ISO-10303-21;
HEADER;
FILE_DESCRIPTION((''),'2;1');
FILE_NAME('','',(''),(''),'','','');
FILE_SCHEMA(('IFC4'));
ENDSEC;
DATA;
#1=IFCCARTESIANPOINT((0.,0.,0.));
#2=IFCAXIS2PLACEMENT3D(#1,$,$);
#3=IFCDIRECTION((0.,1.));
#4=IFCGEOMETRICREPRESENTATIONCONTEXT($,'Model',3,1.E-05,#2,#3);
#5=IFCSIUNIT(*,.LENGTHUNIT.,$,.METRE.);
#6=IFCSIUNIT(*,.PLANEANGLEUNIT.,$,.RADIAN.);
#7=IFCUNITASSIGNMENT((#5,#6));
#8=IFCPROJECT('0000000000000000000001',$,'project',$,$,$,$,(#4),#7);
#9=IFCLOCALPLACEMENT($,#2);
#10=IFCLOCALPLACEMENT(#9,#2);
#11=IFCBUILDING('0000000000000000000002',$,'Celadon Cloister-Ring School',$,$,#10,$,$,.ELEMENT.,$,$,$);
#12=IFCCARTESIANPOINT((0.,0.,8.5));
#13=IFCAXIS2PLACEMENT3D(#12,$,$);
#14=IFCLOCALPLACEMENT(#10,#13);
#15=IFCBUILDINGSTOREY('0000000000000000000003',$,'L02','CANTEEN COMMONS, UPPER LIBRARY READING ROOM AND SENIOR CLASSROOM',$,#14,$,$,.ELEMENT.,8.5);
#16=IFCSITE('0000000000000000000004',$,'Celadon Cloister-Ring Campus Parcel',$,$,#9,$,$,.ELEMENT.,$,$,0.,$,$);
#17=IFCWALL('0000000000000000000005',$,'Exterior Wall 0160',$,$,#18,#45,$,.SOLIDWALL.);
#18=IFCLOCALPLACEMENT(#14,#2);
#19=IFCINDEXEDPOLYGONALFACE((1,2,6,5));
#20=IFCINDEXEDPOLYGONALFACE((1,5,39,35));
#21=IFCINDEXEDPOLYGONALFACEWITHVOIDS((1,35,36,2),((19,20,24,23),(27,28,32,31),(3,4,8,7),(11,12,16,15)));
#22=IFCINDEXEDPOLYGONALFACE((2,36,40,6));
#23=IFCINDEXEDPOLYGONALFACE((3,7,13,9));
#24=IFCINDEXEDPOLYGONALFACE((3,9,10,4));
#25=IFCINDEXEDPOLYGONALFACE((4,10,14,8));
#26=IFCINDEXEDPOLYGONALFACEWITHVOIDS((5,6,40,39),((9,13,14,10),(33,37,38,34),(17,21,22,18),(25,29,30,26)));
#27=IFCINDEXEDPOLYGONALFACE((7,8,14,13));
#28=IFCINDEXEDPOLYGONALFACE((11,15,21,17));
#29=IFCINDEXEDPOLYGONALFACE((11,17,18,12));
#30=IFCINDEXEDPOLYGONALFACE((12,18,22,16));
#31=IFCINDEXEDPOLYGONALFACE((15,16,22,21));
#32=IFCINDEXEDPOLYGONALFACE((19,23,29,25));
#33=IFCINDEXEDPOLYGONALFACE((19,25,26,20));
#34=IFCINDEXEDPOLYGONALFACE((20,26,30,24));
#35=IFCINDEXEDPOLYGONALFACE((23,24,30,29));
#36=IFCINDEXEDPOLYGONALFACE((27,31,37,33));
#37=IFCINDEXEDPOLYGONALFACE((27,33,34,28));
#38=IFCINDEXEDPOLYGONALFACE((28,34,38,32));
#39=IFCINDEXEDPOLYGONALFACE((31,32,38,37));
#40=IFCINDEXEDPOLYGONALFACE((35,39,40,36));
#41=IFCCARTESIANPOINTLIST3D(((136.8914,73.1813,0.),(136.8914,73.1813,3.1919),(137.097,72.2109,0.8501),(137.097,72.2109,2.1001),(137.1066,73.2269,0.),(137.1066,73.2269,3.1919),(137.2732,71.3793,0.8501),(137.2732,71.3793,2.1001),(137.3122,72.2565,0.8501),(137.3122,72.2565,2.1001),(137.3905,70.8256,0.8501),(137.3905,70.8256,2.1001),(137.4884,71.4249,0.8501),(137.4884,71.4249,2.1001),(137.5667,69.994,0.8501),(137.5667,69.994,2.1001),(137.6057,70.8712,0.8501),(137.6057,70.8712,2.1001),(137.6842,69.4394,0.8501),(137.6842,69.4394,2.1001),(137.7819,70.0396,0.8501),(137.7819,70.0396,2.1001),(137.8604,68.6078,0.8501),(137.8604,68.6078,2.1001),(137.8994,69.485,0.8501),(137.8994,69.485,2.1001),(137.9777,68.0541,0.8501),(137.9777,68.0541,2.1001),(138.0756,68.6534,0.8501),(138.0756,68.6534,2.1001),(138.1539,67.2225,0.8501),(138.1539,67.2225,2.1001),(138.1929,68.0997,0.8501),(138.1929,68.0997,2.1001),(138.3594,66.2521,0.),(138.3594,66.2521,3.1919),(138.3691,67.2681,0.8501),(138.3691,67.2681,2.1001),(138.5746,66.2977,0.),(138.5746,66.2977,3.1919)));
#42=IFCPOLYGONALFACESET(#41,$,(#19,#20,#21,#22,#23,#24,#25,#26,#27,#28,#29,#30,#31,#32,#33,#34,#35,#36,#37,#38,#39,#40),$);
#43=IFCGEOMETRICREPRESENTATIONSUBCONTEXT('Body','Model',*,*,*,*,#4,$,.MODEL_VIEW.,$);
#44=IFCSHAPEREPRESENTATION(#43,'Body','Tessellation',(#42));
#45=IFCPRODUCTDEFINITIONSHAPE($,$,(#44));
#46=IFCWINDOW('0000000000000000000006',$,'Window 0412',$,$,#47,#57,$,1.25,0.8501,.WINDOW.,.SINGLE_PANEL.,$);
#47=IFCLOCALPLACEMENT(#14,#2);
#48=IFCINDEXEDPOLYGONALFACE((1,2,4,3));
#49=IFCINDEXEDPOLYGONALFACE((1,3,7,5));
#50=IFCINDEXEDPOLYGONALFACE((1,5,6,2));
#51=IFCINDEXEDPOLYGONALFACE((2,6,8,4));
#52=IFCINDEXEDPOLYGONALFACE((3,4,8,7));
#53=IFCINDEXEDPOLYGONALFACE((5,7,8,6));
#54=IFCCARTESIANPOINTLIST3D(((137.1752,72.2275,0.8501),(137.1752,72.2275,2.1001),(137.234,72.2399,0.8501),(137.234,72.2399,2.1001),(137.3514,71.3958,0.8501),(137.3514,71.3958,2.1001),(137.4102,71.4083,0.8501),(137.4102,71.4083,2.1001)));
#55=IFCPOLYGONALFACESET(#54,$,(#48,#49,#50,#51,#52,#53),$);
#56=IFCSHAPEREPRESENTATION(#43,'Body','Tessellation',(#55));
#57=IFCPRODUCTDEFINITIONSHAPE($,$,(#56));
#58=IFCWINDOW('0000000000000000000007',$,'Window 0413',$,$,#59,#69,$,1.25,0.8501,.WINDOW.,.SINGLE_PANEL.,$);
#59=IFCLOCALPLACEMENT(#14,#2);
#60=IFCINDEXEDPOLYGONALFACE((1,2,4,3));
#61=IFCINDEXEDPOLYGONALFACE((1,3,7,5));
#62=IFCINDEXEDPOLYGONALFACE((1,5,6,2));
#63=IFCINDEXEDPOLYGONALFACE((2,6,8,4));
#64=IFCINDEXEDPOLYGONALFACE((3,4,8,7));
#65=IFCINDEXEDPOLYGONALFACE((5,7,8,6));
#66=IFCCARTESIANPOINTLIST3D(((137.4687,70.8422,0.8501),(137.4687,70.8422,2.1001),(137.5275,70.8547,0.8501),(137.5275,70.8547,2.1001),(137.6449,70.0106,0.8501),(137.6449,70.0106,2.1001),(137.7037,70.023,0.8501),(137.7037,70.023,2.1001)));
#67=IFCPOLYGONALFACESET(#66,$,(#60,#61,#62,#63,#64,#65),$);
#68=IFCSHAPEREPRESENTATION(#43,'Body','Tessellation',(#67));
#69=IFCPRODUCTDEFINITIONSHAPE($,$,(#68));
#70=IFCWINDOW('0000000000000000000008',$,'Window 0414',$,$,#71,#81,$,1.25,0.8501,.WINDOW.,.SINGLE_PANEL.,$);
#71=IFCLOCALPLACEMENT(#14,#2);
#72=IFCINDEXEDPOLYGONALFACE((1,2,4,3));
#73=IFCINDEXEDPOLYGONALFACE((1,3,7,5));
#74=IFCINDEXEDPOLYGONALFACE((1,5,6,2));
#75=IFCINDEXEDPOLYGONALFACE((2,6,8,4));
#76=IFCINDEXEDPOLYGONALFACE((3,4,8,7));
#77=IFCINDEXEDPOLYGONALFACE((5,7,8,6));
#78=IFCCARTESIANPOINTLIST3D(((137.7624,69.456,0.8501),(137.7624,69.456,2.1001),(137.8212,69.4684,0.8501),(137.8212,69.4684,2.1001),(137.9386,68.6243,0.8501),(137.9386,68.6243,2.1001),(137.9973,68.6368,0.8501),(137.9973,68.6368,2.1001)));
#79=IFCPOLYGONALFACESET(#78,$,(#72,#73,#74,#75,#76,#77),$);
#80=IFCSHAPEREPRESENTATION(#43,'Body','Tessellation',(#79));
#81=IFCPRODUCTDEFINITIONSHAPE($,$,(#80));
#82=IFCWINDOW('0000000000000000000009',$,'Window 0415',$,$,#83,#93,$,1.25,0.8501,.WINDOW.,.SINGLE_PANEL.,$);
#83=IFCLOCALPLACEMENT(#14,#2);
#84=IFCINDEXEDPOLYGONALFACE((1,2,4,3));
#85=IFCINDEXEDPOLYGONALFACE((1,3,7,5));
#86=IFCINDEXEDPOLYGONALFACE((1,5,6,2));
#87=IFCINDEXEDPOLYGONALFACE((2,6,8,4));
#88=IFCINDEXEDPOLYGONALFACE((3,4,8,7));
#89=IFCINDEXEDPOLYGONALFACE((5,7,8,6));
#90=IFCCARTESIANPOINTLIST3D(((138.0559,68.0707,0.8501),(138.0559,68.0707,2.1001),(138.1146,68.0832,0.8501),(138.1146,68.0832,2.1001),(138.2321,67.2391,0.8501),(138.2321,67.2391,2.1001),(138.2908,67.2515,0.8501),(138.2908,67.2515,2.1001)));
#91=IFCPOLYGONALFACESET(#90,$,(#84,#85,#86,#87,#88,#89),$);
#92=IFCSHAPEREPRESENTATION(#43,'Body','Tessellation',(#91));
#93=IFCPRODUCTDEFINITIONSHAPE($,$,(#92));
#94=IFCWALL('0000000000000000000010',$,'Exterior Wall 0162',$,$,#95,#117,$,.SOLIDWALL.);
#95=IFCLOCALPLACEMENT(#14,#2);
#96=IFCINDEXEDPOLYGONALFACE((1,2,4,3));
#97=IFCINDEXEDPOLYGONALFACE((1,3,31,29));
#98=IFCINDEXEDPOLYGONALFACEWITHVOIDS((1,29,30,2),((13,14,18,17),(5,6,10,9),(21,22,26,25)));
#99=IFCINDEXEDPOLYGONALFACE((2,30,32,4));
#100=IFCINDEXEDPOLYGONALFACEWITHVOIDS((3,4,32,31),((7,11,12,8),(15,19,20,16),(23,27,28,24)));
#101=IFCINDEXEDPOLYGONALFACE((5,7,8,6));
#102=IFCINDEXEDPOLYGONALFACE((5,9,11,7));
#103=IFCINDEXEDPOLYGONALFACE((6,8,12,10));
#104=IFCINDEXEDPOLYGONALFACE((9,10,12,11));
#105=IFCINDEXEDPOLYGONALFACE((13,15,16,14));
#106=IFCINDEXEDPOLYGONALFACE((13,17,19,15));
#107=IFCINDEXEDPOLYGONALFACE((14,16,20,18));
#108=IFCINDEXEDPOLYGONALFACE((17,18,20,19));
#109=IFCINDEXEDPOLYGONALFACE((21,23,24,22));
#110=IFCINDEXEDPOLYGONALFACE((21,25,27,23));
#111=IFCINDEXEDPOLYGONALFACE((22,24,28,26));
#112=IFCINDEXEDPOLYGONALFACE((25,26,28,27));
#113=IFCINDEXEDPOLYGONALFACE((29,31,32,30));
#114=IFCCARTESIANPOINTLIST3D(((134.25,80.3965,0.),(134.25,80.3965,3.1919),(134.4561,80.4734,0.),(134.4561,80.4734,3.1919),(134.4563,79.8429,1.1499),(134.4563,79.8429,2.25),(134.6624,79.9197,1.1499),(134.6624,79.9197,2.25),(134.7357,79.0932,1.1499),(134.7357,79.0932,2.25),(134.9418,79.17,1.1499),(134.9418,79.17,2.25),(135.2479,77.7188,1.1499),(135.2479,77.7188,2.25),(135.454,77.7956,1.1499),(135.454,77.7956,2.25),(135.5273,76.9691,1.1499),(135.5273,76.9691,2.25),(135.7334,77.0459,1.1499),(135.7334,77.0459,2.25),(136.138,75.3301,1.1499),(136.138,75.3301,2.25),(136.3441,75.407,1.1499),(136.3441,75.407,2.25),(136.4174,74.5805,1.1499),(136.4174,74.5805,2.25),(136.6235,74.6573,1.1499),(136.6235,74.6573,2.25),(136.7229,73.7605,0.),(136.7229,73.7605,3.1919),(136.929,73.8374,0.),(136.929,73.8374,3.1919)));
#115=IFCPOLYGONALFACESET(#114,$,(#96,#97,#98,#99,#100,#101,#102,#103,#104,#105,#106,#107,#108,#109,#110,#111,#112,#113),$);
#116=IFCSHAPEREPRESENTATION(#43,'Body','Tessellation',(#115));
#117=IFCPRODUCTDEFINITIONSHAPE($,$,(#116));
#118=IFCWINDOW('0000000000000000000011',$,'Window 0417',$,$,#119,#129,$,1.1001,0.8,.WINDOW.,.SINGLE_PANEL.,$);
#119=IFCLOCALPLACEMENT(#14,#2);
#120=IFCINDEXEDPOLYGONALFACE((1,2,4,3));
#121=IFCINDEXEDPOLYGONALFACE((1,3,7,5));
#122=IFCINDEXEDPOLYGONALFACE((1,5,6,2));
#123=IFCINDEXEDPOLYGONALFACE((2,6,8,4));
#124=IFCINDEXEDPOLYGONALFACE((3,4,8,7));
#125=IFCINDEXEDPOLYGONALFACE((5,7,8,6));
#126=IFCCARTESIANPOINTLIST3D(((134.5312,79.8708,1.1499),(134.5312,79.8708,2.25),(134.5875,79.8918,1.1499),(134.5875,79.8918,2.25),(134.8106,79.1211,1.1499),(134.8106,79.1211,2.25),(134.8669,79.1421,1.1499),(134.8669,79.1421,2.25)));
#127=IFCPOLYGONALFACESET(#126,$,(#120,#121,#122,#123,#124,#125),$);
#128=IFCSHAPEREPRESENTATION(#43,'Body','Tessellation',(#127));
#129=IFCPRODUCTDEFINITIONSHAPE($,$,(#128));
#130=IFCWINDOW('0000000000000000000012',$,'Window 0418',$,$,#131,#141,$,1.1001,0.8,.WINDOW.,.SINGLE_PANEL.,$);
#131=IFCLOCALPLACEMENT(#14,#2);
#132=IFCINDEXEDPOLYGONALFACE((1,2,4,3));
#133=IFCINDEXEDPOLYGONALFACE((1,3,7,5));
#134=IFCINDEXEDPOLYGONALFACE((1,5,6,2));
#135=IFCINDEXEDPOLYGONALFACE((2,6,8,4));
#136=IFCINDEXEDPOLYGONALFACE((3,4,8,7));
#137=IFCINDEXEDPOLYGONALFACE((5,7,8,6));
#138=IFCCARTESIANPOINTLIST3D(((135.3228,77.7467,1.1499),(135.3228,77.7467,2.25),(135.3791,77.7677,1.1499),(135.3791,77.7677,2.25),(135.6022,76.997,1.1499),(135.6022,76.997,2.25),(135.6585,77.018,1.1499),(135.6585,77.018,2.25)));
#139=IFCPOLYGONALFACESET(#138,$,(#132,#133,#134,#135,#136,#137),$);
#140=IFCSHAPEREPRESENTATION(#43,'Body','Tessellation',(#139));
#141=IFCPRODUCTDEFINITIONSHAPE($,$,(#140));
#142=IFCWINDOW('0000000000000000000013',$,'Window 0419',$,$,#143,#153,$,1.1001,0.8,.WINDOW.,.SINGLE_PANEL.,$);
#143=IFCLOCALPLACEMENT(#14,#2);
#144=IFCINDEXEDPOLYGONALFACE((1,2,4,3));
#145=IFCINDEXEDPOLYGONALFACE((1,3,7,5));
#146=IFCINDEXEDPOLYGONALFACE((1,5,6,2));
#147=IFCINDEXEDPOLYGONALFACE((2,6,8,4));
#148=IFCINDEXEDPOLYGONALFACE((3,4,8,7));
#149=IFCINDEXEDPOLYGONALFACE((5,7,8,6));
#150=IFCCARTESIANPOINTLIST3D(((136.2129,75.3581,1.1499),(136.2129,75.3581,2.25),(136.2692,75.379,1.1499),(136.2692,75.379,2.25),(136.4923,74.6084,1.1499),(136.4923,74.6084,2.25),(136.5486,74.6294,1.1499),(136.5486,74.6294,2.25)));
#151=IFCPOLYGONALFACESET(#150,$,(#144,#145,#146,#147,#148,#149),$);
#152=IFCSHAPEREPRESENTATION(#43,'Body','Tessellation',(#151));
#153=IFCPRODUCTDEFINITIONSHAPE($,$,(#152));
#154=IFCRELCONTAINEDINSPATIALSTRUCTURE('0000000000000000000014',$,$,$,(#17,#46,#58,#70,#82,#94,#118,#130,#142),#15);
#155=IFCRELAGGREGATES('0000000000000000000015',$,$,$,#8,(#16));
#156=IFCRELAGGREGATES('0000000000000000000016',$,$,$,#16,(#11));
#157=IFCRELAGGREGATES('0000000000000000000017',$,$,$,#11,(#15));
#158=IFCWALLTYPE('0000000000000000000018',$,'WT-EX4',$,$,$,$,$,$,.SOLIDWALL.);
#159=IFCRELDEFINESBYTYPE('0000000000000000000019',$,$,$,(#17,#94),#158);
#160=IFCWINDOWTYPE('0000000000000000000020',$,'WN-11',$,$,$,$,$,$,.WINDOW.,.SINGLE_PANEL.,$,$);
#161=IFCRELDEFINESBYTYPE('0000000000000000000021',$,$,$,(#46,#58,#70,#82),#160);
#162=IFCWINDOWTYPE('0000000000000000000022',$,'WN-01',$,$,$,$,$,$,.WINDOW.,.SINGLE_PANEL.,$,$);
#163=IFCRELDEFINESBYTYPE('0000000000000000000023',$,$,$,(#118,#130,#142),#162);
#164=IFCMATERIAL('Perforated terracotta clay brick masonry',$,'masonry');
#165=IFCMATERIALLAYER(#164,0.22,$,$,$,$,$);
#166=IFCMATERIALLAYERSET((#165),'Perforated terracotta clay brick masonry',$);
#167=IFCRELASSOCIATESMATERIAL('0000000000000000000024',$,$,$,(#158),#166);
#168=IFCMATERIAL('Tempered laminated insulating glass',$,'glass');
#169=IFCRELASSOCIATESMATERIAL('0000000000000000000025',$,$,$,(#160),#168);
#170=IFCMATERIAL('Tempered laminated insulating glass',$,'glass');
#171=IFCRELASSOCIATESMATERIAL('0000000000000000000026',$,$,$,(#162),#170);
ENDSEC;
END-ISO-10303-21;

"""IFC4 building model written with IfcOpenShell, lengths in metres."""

from ifc_helpers import new_model, si_unit, direction, frame, frame_2d, origin, place, context, subcontext, project, spatial, rectangle, extrude, material, layer, layer_set, type_object, element, fill, save


model = new_model("IFC4")

# Units and contexts
model_context = context("Model", 3, precision=1e-05, world=origin(), true_north=direction((0.0, 1.0)))
body_context = subcontext(model_context, "Body", "Model", "MODEL_VIEW")
ifc_project = project(units=[si_unit("LENGTHUNIT", "METRE"), si_unit("PLANEANGLEUNIT", "RADIAN")], contexts=[model_context])

# Site, building, storey
site_placement = place(None, origin())
site = spatial("IfcSite", under=ifc_project, at=site_placement, Name="Celadon Cloister-Ring Campus Parcel", CompositionType="ELEMENT", RefElevation=0.0)
building_placement = place(site_placement, origin())
building = spatial("IfcBuilding", under=site, at=building_placement, Name="Celadon Cloister-Ring School", CompositionType="ELEMENT")
storey_placement = place(building_placement, frame((0.0, 0.0, 8.5)))
storey = spatial("IfcBuildingStorey", under=building, at=storey_placement, Name="L02", Description="CANTEEN COMMONS, UPPER LIBRARY READING ROOM AND SENIOR CLASSROOM", CompositionType="ELEMENT", Elevation=8.5)

# Walls, openings, windows
ifc_material_1 = material(Name="Perforated terracotta clay brick masonry", Category="masonry")
ifc_layer_1 = layer(ifc_material_1, 0.22)
ifc_layer_set_1 = layer_set([ifc_layer_1], Name="Perforated terracotta clay brick masonry")
wall_type_1 = type_object("IfcWallType", Name="WT-EX4", PredefinedType="SOLIDWALL", material=ifc_layer_set_1)
wall_1_placement = place(storey_placement, frame((136.999, 73.2041, 0.0), z_axis=(0.0, 0.0, 1.0), x_axis=(0.207259, -0.978286, 0.0)))
wall_1 = element("IfcWall", 1, at=wall_1_placement, inside=storey, type_object=wall_type_1, Name="Exterior Wall 0160", PredefinedType="SOLIDWALL", context=body_context, shape_type="SweptSolid", body=[
    extrude(rectangle(XDim=7.083, YDim=0.22, at=frame_2d((3.5415, 0.0))), origin(), (0.0, 0.0, 1.0), 3.1919),
])
opening_1_placement = place(wall_1_placement, frame((0.9919, 0.0, 0.8501)))
opening_1 = element("IfcOpeningElement", 2, at=opening_1_placement, cuts=wall_1, PredefinedType="OPENING", context=body_context, shape_type="SweptSolid", body=[
    extrude(rectangle(XDim=0.8501, YDim=1.25, at=frame_2d((0.425, 0.625))), frame((0.0, 0.1201, 0.0), z_axis=(0.0, -1.0, 0.0), x_axis=(1.0, 0.0, 0.0)), (0.0, 0.0, 1.0), 0.24),
])
opening_2_placement = place(wall_1_placement, frame((2.408, 0.0, 0.8501)))
opening_2 = element("IfcOpeningElement", 3, at=opening_2_placement, cuts=wall_1, PredefinedType="OPENING", context=body_context, shape_type="SweptSolid", body=[
    extrude(rectangle(XDim=0.8501, YDim=1.25, at=frame_2d((0.425, 0.625))), frame((0.0, 0.1201, 0.0), z_axis=(0.0, -1.0, 0.0), x_axis=(1.0, 0.0, 0.0)), (0.0, 0.0, 1.0), 0.24),
])
opening_3_placement = place(wall_1_placement, frame((3.825, 0.0, 0.8501)))
opening_3 = element("IfcOpeningElement", 4, at=opening_3_placement, cuts=wall_1, PredefinedType="OPENING", context=body_context, shape_type="SweptSolid", body=[
    extrude(rectangle(XDim=0.8501, YDim=1.25, at=frame_2d((0.425, 0.625))), frame((0.0, 0.1201, 0.0), z_axis=(0.0, -1.0, 0.0), x_axis=(1.0, 0.0, 0.0)), (0.0, 0.0, 1.0), 0.24),
])
opening_4_placement = place(wall_1_placement, frame((5.241, 0.0, 0.8501)))
opening_4 = element("IfcOpeningElement", 5, at=opening_4_placement, cuts=wall_1, PredefinedType="OPENING", context=body_context, shape_type="SweptSolid", body=[
    extrude(rectangle(XDim=0.8501, YDim=1.25, at=frame_2d((0.425, 0.625))), frame((0.0, 0.1201, 0.0), z_axis=(0.0, -1.0, 0.0), x_axis=(1.0, 0.0, 0.0)), (0.0, 0.0, 1.0), 0.24),
])
ifc_material_2 = material(Name="Tempered laminated insulating glass", Category="glass")
window_type_1 = type_object("IfcWindowType", Name="WN-11", PartitioningType="SINGLE_PANEL", PredefinedType="WINDOW", material=ifc_material_2)
window_1_placement = place(opening_1_placement, origin())
window_1 = element("IfcWindow", 6, at=window_1_placement, inside=storey, type_object=window_type_1, Name="Window 0412", OverallHeight=1.25, OverallWidth=0.8501, PartitioningType="SINGLE_PANEL", PredefinedType="WINDOW", context=body_context, shape_type="SweptSolid", body=[
    extrude(rectangle(XDim=0.8501, YDim=1.25, at=frame_2d((0.425, 0.625))), frame((0.0, 0.03, 0.0), z_axis=(0.0, -1.0, 0.0), x_axis=(1.0, 0.0, 0.0)), (0.0, 0.0, 1.0), 0.0601),
])
fill(opening_1, window_1)
window_2_placement = place(opening_2_placement, origin())
window_2 = element("IfcWindow", 7, at=window_2_placement, inside=storey, type_object=window_type_1, Name="Window 0413", OverallHeight=1.25, OverallWidth=0.8501, PartitioningType="SINGLE_PANEL", PredefinedType="WINDOW", context=body_context, shape_type="SweptSolid", body=[
    extrude(rectangle(XDim=0.8501, YDim=1.25, at=frame_2d((0.425, 0.625))), frame((0.0, 0.03, 0.0), z_axis=(0.0, -1.0, 0.0), x_axis=(1.0, 0.0, 0.0)), (0.0, 0.0, 1.0), 0.0601),
])
fill(opening_2, window_2)
window_3_placement = place(opening_3_placement, origin())
window_3 = element("IfcWindow", 8, at=window_3_placement, inside=storey, type_object=window_type_1, Name="Window 0414", OverallHeight=1.25, OverallWidth=0.8501, PartitioningType="SINGLE_PANEL", PredefinedType="WINDOW", context=body_context, shape_type="SweptSolid", body=[
    extrude(rectangle(XDim=0.8501, YDim=1.25, at=frame_2d((0.425, 0.625))), frame((0.0, 0.03, 0.0), z_axis=(0.0, -1.0, 0.0), x_axis=(1.0, 0.0, 0.0)), (0.0, 0.0, 1.0), 0.0601),
])
fill(opening_3, window_3)
window_4_placement = place(opening_4_placement, origin())
window_4 = element("IfcWindow", 9, at=window_4_placement, inside=storey, type_object=window_type_1, Name="Window 0415", OverallHeight=1.25, OverallWidth=0.8501, PartitioningType="SINGLE_PANEL", PredefinedType="WINDOW", context=body_context, shape_type="SweptSolid", body=[
    extrude(rectangle(XDim=0.8501, YDim=1.25, at=frame_2d((0.425, 0.625))), frame((0.0, 0.03, 0.0), z_axis=(0.0, -1.0, 0.0), x_axis=(1.0, 0.0, 0.0)), (0.0, 0.0, 1.0), 0.0601),
])
fill(opening_4, window_4)
wall_2_placement = place(storey_placement, frame((134.353, 80.4351, 0.0), z_axis=(0.0, 0.0, 1.0), x_axis=(0.349192, -0.937051, 0.0)))
wall_2 = element("IfcWall", 10, at=wall_2_placement, inside=storey, type_object=wall_type_1, Name="Exterior Wall 0162", PredefinedType="SOLIDWALL", context=body_context, shape_type="SweptSolid", body=[
    extrude(rectangle(XDim=7.0818, YDim=0.22, at=frame_2d((3.541, 0.0))), origin(), (0.0, 0.0, 1.0), 3.1919),
])
opening_5_placement = place(wall_2_placement, frame((0.5911, 0.0, 1.1499)))
opening_5 = element("IfcOpeningElement", 11, at=opening_5_placement, cuts=wall_2, PredefinedType="OPENING", context=body_context, shape_type="SweptSolid", body=[
    extrude(rectangle(XDim=0.8, YDim=1.1001, at=frame_2d((0.3999, 0.55))), frame((0.0, 0.1201, 0.0), z_axis=(0.0, -1.0, 0.0), x_axis=(1.0, 0.0, 0.0)), (0.0, 0.0, 1.0), 0.24),
])
opening_6_placement = place(wall_2_placement, frame((2.8579, 0.0, 1.1499)))
opening_6 = element("IfcOpeningElement", 12, at=opening_6_placement, cuts=wall_2, PredefinedType="OPENING", context=body_context, shape_type="SweptSolid", body=[
    extrude(rectangle(XDim=0.8, YDim=1.1001, at=frame_2d((0.3999, 0.55))), frame((0.0, 0.1201, 0.0), z_axis=(0.0, -1.0, 0.0), x_axis=(1.0, 0.0, 0.0)), (0.0, 0.0, 1.0), 0.24),
])
opening_7_placement = place(wall_2_placement, frame((5.407, 0.0, 1.1499)))
opening_7 = element("IfcOpeningElement", 13, at=opening_7_placement, cuts=wall_2, PredefinedType="OPENING", context=body_context, shape_type="SweptSolid", body=[
    extrude(rectangle(XDim=0.8, YDim=1.1001, at=frame_2d((0.3999, 0.55))), frame((0.0, 0.1201, 0.0), z_axis=(0.0, -1.0, 0.0), x_axis=(1.0, 0.0, 0.0)), (0.0, 0.0, 1.0), 0.24),
])
ifc_material_3 = material(Name="Tempered laminated insulating glass", Category="glass")
window_type_2 = type_object("IfcWindowType", Name="WN-01", PartitioningType="SINGLE_PANEL", PredefinedType="WINDOW", material=ifc_material_3)
window_5_placement = place(opening_5_placement, origin())
window_5 = element("IfcWindow", 14, at=window_5_placement, inside=storey, type_object=window_type_2, Name="Window 0417", OverallHeight=1.1001, OverallWidth=0.8, PartitioningType="SINGLE_PANEL", PredefinedType="WINDOW", context=body_context, shape_type="SweptSolid", body=[
    extrude(rectangle(XDim=0.8, YDim=1.1001, at=frame_2d((0.3999, 0.55))), frame((0.0, 0.03, 0.0), z_axis=(0.0, -1.0, 0.0), x_axis=(1.0, 0.0, 0.0)), (0.0, 0.0, 1.0), 0.0601),
])
fill(opening_5, window_5)
window_6_placement = place(opening_6_placement, origin())
window_6 = element("IfcWindow", 15, at=window_6_placement, inside=storey, type_object=window_type_2, Name="Window 0418", OverallHeight=1.1001, OverallWidth=0.8, PartitioningType="SINGLE_PANEL", PredefinedType="WINDOW", context=body_context, shape_type="SweptSolid", body=[
    extrude(rectangle(XDim=0.8, YDim=1.1001, at=frame_2d((0.3999, 0.55))), frame((0.0, 0.03, 0.0), z_axis=(0.0, -1.0, 0.0), x_axis=(1.0, 0.0, 0.0)), (0.0, 0.0, 1.0), 0.0601),
])
fill(opening_6, window_6)
window_7_placement = place(opening_7_placement, origin())
window_7 = element("IfcWindow", 16, at=window_7_placement, inside=storey, type_object=window_type_2, Name="Window 0419", OverallHeight=1.1001, OverallWidth=0.8, PartitioningType="SINGLE_PANEL", PredefinedType="WINDOW", context=body_context, shape_type="SweptSolid", body=[
    extrude(rectangle(XDim=0.8, YDim=1.1001, at=frame_2d((0.3999, 0.55))), frame((0.0, 0.03, 0.0), z_axis=(0.0, -1.0, 0.0), x_axis=(1.0, 0.0, 0.0)), (0.0, 0.0, 1.0), 0.0601),
])
fill(opening_7, window_7)

save(model, "model.ifc")
